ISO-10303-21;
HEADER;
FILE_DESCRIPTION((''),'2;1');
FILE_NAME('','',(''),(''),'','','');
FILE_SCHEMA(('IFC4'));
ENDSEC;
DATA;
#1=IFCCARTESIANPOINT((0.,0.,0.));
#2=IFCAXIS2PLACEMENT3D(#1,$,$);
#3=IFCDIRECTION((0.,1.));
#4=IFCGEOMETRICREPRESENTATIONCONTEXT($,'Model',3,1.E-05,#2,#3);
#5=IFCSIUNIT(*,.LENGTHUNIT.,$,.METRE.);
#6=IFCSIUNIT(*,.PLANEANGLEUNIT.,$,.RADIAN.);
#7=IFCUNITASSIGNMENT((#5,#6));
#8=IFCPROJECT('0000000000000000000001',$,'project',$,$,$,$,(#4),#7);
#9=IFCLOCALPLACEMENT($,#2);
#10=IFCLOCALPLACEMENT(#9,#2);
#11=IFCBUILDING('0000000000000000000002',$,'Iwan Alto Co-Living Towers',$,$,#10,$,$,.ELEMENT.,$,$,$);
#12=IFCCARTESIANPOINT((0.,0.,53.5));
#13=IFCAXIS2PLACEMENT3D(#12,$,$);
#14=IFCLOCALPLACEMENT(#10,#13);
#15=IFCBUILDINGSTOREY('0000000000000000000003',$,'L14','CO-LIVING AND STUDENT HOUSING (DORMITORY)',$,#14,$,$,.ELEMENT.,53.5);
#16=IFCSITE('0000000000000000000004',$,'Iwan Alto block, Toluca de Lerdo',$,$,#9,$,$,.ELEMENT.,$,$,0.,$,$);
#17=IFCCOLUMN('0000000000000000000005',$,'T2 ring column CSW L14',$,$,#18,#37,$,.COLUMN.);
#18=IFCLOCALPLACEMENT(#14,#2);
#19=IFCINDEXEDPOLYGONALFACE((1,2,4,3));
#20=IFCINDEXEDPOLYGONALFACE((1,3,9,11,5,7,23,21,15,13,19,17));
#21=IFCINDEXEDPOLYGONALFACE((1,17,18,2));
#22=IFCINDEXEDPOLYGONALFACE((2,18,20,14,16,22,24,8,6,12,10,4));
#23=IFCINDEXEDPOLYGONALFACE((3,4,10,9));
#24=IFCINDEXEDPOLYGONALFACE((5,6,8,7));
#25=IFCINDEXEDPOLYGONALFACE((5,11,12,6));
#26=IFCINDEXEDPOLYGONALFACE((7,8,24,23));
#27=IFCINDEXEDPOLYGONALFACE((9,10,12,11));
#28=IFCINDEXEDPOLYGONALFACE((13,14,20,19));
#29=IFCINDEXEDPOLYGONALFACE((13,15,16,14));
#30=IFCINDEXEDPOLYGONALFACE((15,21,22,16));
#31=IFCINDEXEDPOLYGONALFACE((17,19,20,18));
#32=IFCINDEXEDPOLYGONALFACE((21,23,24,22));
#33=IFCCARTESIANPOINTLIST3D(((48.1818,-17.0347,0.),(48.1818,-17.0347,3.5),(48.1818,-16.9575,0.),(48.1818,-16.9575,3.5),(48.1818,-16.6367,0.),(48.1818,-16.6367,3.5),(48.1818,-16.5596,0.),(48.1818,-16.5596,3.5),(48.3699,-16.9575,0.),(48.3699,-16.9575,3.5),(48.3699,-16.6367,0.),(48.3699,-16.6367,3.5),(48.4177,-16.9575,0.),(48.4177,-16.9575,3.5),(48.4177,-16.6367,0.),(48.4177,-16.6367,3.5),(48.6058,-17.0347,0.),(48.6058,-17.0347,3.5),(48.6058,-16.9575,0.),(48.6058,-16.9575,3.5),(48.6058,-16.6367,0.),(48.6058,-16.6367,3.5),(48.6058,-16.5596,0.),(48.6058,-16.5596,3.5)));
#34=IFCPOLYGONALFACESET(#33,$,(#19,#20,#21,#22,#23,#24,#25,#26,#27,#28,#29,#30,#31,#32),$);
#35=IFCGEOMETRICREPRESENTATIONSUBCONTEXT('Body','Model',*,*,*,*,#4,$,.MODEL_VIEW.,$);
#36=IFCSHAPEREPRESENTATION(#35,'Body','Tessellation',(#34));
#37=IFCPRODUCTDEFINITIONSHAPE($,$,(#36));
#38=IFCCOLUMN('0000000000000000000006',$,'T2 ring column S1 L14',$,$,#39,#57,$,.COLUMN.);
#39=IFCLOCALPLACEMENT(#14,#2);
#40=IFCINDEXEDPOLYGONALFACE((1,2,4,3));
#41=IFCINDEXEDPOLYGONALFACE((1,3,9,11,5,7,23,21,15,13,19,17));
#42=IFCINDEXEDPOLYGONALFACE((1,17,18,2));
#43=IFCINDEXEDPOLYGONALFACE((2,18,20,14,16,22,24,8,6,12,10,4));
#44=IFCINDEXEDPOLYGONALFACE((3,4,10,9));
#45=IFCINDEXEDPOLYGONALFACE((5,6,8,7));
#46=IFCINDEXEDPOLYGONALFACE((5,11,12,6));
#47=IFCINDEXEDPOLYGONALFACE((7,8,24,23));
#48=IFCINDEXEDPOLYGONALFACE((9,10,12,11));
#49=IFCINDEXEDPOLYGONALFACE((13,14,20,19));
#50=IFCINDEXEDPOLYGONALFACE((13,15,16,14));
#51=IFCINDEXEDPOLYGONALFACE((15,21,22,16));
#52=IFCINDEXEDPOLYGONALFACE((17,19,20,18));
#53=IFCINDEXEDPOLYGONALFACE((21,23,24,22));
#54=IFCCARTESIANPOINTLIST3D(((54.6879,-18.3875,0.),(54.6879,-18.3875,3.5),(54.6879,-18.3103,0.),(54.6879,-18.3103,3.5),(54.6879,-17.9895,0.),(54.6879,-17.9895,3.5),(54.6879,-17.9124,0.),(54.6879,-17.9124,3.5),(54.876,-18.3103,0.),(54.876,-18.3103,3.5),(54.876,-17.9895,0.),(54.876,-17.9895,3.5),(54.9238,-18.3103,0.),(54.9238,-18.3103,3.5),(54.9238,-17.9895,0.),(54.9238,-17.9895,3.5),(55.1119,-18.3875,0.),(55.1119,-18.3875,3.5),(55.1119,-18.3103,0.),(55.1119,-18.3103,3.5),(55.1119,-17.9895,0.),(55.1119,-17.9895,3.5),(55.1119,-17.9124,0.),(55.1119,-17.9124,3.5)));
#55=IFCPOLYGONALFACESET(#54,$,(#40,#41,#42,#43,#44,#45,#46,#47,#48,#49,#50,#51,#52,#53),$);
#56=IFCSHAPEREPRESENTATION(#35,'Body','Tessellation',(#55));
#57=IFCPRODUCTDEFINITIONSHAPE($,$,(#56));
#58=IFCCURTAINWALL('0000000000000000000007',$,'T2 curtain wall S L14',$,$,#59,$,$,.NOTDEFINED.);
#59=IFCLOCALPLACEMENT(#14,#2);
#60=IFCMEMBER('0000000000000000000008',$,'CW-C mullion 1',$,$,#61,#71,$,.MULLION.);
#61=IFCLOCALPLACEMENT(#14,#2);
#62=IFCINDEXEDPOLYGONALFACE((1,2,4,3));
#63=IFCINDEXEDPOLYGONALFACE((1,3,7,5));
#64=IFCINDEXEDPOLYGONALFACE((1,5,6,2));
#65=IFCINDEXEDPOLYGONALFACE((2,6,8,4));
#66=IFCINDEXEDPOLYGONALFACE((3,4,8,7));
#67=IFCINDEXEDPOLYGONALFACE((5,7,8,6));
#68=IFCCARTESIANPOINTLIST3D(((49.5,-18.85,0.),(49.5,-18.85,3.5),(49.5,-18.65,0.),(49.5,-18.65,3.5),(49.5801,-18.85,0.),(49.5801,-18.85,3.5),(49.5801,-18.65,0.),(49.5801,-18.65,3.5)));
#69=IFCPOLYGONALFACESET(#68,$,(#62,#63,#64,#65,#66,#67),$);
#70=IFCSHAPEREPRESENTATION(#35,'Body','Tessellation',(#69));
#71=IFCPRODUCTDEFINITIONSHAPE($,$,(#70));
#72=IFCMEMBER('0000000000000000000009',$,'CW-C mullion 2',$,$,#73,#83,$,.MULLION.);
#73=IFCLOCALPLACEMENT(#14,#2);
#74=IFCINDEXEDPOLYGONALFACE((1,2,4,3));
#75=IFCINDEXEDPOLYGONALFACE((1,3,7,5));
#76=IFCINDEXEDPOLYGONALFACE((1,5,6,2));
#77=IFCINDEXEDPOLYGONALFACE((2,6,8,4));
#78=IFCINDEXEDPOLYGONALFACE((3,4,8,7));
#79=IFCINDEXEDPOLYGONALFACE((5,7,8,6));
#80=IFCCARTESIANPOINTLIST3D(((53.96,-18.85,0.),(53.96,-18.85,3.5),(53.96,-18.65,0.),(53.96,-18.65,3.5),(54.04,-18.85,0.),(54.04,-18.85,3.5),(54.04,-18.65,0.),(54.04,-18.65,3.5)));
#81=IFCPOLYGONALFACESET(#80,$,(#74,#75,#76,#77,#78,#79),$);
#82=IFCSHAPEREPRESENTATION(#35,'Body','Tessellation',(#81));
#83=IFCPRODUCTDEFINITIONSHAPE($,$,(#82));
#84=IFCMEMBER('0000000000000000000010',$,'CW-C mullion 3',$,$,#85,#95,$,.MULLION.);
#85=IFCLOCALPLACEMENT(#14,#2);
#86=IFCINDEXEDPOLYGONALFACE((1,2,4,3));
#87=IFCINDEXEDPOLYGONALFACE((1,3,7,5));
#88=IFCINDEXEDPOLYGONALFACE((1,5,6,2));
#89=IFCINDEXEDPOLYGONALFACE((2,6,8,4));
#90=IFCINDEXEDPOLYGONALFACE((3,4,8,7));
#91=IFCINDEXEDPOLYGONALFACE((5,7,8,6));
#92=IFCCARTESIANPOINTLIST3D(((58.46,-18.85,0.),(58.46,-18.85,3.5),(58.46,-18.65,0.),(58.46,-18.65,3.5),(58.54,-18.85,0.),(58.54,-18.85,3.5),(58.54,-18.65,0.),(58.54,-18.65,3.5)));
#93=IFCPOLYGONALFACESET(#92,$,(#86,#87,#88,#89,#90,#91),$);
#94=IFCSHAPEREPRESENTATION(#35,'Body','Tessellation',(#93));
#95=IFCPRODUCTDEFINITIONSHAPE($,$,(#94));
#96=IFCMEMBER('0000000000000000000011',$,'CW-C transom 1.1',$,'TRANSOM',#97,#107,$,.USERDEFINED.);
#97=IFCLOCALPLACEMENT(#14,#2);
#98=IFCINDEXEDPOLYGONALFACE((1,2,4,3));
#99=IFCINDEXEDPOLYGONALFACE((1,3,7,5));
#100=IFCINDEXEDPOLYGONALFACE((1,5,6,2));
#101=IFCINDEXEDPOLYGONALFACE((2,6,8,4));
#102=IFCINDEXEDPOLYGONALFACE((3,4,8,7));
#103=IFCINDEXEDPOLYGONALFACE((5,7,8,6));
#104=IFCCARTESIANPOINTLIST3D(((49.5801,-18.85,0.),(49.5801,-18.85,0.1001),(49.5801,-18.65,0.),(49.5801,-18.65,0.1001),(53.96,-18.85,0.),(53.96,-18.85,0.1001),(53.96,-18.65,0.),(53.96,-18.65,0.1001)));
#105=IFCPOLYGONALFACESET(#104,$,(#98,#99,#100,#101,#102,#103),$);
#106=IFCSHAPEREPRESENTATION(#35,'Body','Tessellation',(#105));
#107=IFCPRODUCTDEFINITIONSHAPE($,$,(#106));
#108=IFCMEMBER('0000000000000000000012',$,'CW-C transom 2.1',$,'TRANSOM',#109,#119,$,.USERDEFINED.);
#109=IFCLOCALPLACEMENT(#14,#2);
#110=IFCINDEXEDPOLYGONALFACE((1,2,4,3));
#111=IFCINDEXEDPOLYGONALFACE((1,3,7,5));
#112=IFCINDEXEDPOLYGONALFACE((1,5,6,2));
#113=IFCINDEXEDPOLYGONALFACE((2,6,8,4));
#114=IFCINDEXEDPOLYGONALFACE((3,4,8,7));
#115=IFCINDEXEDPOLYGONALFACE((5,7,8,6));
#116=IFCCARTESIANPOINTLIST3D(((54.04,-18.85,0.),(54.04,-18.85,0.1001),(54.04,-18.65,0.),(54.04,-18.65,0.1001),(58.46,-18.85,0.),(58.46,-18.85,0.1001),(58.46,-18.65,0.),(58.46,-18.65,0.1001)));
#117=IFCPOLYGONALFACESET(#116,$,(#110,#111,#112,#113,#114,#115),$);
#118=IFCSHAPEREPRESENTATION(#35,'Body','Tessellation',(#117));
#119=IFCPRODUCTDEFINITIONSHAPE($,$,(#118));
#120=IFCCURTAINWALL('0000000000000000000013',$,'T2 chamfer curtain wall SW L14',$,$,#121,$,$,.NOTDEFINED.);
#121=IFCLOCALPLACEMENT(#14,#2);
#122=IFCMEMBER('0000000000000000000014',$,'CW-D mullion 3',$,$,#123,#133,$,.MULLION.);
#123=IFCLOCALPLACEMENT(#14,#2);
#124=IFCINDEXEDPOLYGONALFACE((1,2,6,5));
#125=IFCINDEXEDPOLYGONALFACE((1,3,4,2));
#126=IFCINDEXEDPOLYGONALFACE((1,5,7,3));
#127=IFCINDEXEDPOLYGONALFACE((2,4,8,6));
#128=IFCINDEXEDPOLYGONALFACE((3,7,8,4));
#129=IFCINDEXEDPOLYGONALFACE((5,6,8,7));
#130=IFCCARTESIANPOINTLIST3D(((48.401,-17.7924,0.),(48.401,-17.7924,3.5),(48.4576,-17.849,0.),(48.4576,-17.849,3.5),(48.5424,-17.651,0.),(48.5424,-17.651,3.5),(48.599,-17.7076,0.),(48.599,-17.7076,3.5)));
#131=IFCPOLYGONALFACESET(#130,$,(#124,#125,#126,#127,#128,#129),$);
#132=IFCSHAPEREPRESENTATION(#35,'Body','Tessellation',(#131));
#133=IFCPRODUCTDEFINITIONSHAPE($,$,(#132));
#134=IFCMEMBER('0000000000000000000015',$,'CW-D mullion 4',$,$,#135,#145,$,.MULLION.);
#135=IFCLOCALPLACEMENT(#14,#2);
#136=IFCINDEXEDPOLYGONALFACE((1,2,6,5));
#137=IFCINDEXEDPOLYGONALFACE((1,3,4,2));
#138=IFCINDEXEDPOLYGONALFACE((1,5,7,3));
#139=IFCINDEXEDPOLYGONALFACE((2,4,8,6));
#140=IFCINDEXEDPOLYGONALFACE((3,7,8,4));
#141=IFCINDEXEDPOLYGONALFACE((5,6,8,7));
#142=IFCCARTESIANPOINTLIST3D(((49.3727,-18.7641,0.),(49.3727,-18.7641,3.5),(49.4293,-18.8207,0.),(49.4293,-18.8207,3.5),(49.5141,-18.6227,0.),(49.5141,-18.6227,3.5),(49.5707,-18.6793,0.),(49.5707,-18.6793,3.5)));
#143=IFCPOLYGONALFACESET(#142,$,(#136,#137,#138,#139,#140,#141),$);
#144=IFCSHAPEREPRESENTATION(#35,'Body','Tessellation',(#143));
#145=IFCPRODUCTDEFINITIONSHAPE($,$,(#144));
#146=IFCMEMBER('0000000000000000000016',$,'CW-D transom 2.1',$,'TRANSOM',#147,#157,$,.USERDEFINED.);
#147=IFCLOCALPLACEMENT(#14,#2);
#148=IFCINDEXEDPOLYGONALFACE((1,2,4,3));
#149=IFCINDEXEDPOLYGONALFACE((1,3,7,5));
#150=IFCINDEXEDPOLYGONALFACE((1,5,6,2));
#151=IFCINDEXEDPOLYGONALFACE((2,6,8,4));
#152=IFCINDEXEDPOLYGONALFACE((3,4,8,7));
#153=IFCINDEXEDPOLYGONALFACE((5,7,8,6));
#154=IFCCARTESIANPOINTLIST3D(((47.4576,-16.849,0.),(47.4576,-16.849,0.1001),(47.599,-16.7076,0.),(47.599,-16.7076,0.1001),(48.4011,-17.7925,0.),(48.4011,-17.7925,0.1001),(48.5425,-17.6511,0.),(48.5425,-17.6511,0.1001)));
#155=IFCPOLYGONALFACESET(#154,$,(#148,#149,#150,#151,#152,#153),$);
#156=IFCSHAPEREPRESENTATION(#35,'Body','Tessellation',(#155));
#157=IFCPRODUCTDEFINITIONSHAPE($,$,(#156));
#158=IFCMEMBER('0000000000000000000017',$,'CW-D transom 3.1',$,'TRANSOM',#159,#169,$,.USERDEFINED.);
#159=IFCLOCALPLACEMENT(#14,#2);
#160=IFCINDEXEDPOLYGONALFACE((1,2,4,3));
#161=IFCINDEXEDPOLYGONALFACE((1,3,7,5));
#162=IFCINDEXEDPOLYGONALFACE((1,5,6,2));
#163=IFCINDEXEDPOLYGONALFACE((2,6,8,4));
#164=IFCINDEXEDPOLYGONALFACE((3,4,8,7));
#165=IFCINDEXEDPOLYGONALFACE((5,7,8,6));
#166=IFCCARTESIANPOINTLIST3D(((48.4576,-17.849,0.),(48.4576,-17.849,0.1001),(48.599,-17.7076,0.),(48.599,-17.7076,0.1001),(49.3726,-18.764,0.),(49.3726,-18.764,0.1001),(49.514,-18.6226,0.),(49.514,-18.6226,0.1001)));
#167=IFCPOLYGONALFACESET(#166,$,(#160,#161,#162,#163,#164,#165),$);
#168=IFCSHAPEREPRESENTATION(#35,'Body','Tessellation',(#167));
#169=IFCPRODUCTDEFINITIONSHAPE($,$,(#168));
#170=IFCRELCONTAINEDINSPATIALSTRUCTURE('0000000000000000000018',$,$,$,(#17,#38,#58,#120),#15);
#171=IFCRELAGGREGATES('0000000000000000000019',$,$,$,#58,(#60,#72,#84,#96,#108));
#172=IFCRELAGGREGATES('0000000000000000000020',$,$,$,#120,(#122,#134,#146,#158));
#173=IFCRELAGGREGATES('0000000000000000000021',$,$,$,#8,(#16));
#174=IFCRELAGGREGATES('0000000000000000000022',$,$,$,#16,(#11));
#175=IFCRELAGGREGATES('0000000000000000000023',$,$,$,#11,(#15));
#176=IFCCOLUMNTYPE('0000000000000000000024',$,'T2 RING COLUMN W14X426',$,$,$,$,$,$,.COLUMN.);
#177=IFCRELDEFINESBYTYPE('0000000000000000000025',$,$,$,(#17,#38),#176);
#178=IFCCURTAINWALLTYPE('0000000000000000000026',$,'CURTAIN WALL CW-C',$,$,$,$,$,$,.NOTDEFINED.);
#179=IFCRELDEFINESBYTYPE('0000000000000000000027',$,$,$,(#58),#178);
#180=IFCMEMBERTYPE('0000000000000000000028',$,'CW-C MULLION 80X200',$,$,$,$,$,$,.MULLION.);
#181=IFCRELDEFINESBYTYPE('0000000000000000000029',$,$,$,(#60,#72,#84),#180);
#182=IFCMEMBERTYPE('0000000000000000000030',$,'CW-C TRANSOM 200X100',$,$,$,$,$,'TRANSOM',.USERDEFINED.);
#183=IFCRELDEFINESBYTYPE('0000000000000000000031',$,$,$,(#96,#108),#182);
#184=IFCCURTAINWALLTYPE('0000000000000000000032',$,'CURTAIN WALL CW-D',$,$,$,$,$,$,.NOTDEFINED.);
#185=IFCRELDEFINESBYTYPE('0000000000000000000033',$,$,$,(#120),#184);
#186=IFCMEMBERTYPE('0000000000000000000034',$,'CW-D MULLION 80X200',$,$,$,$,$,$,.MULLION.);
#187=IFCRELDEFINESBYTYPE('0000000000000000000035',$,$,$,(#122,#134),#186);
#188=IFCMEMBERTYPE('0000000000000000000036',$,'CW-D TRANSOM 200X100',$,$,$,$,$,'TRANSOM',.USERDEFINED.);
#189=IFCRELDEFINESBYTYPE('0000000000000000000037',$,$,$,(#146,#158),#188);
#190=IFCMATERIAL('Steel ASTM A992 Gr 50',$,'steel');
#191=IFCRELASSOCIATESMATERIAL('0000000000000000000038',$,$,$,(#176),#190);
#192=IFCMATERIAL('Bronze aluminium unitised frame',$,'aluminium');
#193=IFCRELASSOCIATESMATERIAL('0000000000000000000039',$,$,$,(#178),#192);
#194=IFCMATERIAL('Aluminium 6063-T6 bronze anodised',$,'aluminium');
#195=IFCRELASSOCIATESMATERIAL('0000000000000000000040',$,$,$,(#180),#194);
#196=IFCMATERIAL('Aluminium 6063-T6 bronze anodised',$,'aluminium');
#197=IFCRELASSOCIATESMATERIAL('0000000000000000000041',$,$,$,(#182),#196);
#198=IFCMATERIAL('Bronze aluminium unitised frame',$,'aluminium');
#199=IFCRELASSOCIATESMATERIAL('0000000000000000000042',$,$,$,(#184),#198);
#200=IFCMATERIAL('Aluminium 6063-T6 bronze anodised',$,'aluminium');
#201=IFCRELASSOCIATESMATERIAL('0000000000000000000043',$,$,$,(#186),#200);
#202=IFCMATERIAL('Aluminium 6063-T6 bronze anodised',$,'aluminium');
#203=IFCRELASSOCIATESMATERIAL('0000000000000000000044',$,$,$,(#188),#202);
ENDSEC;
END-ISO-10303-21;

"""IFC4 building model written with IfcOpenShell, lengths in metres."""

from ifc_helpers import new_model, si_unit, direction, frame, origin, origin_2d, place, context, subcontext, project, spatial, rectangle, i_section, extrude, material, material_profile, profile_set, type_object, element, aggregate, save


model = new_model("IFC4")

# Units and contexts
model_context = context("Model", 3, precision=1e-05, world=origin(), true_north=direction((0.0, 1.0)))
body_context = subcontext(model_context, "Body", "Model", "MODEL_VIEW")
ifc_project = project(units=[si_unit("LENGTHUNIT", "METRE"), si_unit("PLANEANGLEUNIT", "RADIAN")], contexts=[model_context])

# Site, building, storey
site_placement = place(None, origin())
site = spatial("IfcSite", under=ifc_project, at=site_placement, Name="Iwan Alto block, Toluca de Lerdo", CompositionType="ELEMENT", RefElevation=0.0)
building_placement = place(site_placement, origin())
building = spatial("IfcBuilding", under=site, at=building_placement, Name="Iwan Alto Co-Living Towers", CompositionType="ELEMENT")
storey_placement = place(building_placement, frame((0.0, 0.0, 53.5)))
storey = spatial("IfcBuildingStorey", under=building, at=storey_placement, Name="L14", Description="CO-LIVING AND STUDENT HOUSING (DORMITORY)", CompositionType="ELEMENT", Elevation=53.5)

# Columns
ifc_material_1 = material(Name="Steel ASTM A992 Gr 50", Category="steel")
ifc_material_profile_1 = material_profile(ifc_material_1, i_section(OverallWidth=0.4241, OverallDepth=0.4751, WebThickness=0.0479, FlangeThickness=0.0771, at=origin_2d()), Name="W14X426")
ifc_profile_set_1 = profile_set([ifc_material_profile_1], Name="Steel ASTM A992 Gr 50")
column_type = type_object("IfcColumnType", Name="T2 RING COLUMN W14X426", PredefinedType="COLUMN", material=ifc_profile_set_1)
for number, where, z_axis, x_axis, name in (
    (1, (48.3938, -16.7971, 0.0), (0.0, 0.0, 1.0), (1.0, 0.0, 0.0), "T2 ring column CSW L14"),
    (2, (54.8999, -18.1499, 0.0), (0.0, 0.0, 1.0), (1.0, 0.0, 0.0), "T2 ring column S1 L14"),
):
    element("IfcColumn", number, at=place(storey_placement, frame(where, z_axis=z_axis, x_axis=x_axis)), inside=storey, type_object=column_type, Name=name, PredefinedType="COLUMN", context=body_context, shape_type="SweptSolid", body=[
        extrude(i_section(OverallWidth=0.4241, OverallDepth=0.4751, WebThickness=0.0479, FlangeThickness=0.0771, at=origin_2d()), origin(), (0.0, 0.0, 1.0), 3.5),
    ])

# Curtain walls, members
ifc_material_2 = material(Name="Bronze aluminium unitised frame", Category="aluminium")
curtain_wall_type_1 = type_object("IfcCurtainWallType", Name="CURTAIN WALL CW-C", PredefinedType="NOTDEFINED", material=ifc_material_2)
curtain_wall_1_placement = place(storey_placement, origin())
curtain_wall_1 = element("IfcCurtainWall", 3, at=curtain_wall_1_placement, inside=storey, type_object=curtain_wall_type_1, Name="T2 curtain wall S L14", PredefinedType="NOTDEFINED")
ifc_material_3 = material(Name="Aluminium 6063-T6 bronze anodised", Category="aluminium")
ifc_material_profile_2 = material_profile(ifc_material_3, rectangle(XDim=0.2, YDim=0.0801, at=origin_2d()), Name="AL 80X200")
ifc_profile_set_2 = profile_set([ifc_material_profile_2], Name="Aluminium 6063-T6 bronze anodised")
member_type_1 = type_object("IfcMemberType", Name="CW-C MULLION 80X200", PredefinedType="MULLION", material=ifc_profile_set_2)
member_1_placement = place(storey_placement, frame((49.54, -18.75, 0.0), z_axis=(0.0, 0.0, 1.0), x_axis=(0.0, 1.0, 0.0)))
member_1 = element("IfcMember", 4, at=member_1_placement, type_object=member_type_1, Name="CW-C mullion 1", PredefinedType="MULLION", context=body_context, shape_type="SweptSolid", body=[
    extrude(rectangle(XDim=0.2, YDim=0.0801, at=origin_2d()), origin(), (0.0, 0.0, 1.0), 3.5),
])
member_2_placement = place(storey_placement, frame((54.0, -18.75, 0.0), z_axis=(0.0, 0.0, 1.0), x_axis=(0.0, 1.0, 0.0)))
member_2 = element("IfcMember", 5, at=member_2_placement, type_object=member_type_1, Name="CW-C mullion 2", PredefinedType="MULLION", context=body_context, shape_type="SweptSolid", body=[
    extrude(rectangle(XDim=0.2, YDim=0.0801, at=origin_2d()), origin(), (0.0, 0.0, 1.0), 3.5),
])
member_3_placement = place(storey_placement, frame((58.5, -18.75, 0.0), z_axis=(0.0, 0.0, 1.0), x_axis=(0.0, 1.0, 0.0)))
member_3 = element("IfcMember", 6, at=member_3_placement, type_object=member_type_1, Name="CW-C mullion 3", PredefinedType="MULLION", context=body_context, shape_type="SweptSolid", body=[
    extrude(rectangle(XDim=0.2, YDim=0.0801, at=origin_2d()), origin(), (0.0, 0.0, 1.0), 3.5),
])
ifc_material_4 = material(Name="Aluminium 6063-T6 bronze anodised", Category="aluminium")
ifc_material_profile_3 = material_profile(ifc_material_4, rectangle(XDim=0.2, YDim=0.1001, at=origin_2d()), Name="AL 200X100")
ifc_profile_set_3 = profile_set([ifc_material_profile_3], Name="Aluminium 6063-T6 bronze anodised")
member_type_2 = type_object("IfcMemberType", Name="CW-C TRANSOM 200X100", ElementType="TRANSOM", PredefinedType="USERDEFINED", material=ifc_profile_set_3)
member_4_placement = place(storey_placement, frame((49.5801, -18.75, 0.05), z_axis=(1.0, 0.0, 0.0), x_axis=(0.0, 1.0, 0.0)))
member_4 = element("IfcMember", 7, at=member_4_placement, type_object=member_type_2, Name="CW-C transom 1.1", ObjectType="TRANSOM", PredefinedType="USERDEFINED", context=body_context, shape_type="SweptSolid", body=[
    extrude(rectangle(XDim=0.2, YDim=0.1001, at=origin_2d()), origin(), (0.0, 0.0, 1.0), 4.3799),
])
member_5_placement = place(storey_placement, frame((54.04, -18.75, 0.05), z_axis=(1.0, 0.0, 0.0), x_axis=(0.0, 1.0, 0.0)))
member_5 = element("IfcMember", 8, at=member_5_placement, type_object=member_type_2, Name="CW-C transom 2.1", ObjectType="TRANSOM", PredefinedType="USERDEFINED", context=body_context, shape_type="SweptSolid", body=[
    extrude(rectangle(XDim=0.2, YDim=0.1001, at=origin_2d()), origin(), (0.0, 0.0, 1.0), 4.4199),
])
ifc_material_5 = material(Name="Bronze aluminium unitised frame", Category="aluminium")
curtain_wall_type_2 = type_object("IfcCurtainWallType", Name="CURTAIN WALL CW-D", PredefinedType="NOTDEFINED", material=ifc_material_5)
curtain_wall_2_placement = place(storey_placement, origin())
curtain_wall_2 = element("IfcCurtainWall", 9, at=curtain_wall_2_placement, inside=storey, type_object=curtain_wall_type_2, Name="T2 chamfer curtain wall SW L14", PredefinedType="NOTDEFINED")
ifc_material_6 = material(Name="Aluminium 6063-T6 bronze anodised", Category="aluminium")
ifc_material_profile_4 = material_profile(ifc_material_6, rectangle(XDim=0.2, YDim=0.0801, at=origin_2d()), Name="AL 80X200")
ifc_profile_set_4 = profile_set([ifc_material_profile_4], Name="Aluminium 6063-T6 bronze anodised")
member_type_3 = type_object("IfcMemberType", Name="CW-D MULLION 80X200", PredefinedType="MULLION", material=ifc_profile_set_4)
member_6_placement = place(storey_placement, frame((48.5, -17.75, 0.0), z_axis=(0.0, 0.0, 1.0), x_axis=(0.707107, 0.707107, 0.0)))
member_6 = element("IfcMember", 10, at=member_6_placement, type_object=member_type_3, Name="CW-D mullion 3", PredefinedType="MULLION", context=body_context, shape_type="SweptSolid", body=[
    extrude(rectangle(XDim=0.2, YDim=0.0801, at=origin_2d()), origin(), (0.0, 0.0, 1.0), 3.5),
])
member_7_placement = place(storey_placement, frame((49.4717, -18.7217, 0.0), z_axis=(0.0, 0.0, 1.0), x_axis=(0.707107, 0.707107, 0.0)))
member_7 = element("IfcMember", 11, at=member_7_placement, type_object=member_type_3, Name="CW-D mullion 4", PredefinedType="MULLION", context=body_context, shape_type="SweptSolid", body=[
    extrude(rectangle(XDim=0.2, YDim=0.0801, at=origin_2d()), origin(), (0.0, 0.0, 1.0), 3.5),
])
ifc_material_7 = material(Name="Aluminium 6063-T6 bronze anodised", Category="aluminium")
ifc_material_profile_5 = material_profile(ifc_material_7, rectangle(XDim=0.2, YDim=0.1001, at=origin_2d()), Name="AL 200X100")
ifc_profile_set_5 = profile_set([ifc_material_profile_5], Name="Aluminium 6063-T6 bronze anodised")
member_type_4 = type_object("IfcMemberType", Name="CW-D TRANSOM 200X100", ElementType="TRANSOM", PredefinedType="USERDEFINED", material=ifc_profile_set_5)
member_8_placement = place(storey_placement, frame((47.5283, -16.7783, 0.05), z_axis=(0.707107, -0.707107, 0.0), x_axis=(0.707107, 0.707107, 0.0)))
member_8 = element("IfcMember", 12, at=member_8_placement, type_object=member_type_4, Name="CW-D transom 2.1", ObjectType="TRANSOM", PredefinedType="USERDEFINED", context=body_context, shape_type="SweptSolid", body=[
    extrude(rectangle(XDim=0.2, YDim=0.1001, at=origin_2d()), origin(), (0.0, 0.0, 1.0), 1.3342),
])
member_9_placement = place(storey_placement, frame((48.5283, -17.7783, 0.05), z_axis=(0.707107, -0.707107, 0.0), x_axis=(0.707107, 0.707107, 0.0)))
member_9 = element("IfcMember", 13, at=member_9_placement, type_object=member_type_4, Name="CW-D transom 3.1", ObjectType="TRANSOM", PredefinedType="USERDEFINED", context=body_context, shape_type="SweptSolid", body=[
    extrude(rectangle(XDim=0.2, YDim=0.1001, at=origin_2d()), origin(), (0.0, 0.0, 1.0), 1.2939),
])

aggregate(curtain_wall_1, [member_1, member_2, member_3, member_4, member_5])
aggregate(curtain_wall_2, [member_6, member_7, member_8, member_9])

save(model, "model.ifc")
